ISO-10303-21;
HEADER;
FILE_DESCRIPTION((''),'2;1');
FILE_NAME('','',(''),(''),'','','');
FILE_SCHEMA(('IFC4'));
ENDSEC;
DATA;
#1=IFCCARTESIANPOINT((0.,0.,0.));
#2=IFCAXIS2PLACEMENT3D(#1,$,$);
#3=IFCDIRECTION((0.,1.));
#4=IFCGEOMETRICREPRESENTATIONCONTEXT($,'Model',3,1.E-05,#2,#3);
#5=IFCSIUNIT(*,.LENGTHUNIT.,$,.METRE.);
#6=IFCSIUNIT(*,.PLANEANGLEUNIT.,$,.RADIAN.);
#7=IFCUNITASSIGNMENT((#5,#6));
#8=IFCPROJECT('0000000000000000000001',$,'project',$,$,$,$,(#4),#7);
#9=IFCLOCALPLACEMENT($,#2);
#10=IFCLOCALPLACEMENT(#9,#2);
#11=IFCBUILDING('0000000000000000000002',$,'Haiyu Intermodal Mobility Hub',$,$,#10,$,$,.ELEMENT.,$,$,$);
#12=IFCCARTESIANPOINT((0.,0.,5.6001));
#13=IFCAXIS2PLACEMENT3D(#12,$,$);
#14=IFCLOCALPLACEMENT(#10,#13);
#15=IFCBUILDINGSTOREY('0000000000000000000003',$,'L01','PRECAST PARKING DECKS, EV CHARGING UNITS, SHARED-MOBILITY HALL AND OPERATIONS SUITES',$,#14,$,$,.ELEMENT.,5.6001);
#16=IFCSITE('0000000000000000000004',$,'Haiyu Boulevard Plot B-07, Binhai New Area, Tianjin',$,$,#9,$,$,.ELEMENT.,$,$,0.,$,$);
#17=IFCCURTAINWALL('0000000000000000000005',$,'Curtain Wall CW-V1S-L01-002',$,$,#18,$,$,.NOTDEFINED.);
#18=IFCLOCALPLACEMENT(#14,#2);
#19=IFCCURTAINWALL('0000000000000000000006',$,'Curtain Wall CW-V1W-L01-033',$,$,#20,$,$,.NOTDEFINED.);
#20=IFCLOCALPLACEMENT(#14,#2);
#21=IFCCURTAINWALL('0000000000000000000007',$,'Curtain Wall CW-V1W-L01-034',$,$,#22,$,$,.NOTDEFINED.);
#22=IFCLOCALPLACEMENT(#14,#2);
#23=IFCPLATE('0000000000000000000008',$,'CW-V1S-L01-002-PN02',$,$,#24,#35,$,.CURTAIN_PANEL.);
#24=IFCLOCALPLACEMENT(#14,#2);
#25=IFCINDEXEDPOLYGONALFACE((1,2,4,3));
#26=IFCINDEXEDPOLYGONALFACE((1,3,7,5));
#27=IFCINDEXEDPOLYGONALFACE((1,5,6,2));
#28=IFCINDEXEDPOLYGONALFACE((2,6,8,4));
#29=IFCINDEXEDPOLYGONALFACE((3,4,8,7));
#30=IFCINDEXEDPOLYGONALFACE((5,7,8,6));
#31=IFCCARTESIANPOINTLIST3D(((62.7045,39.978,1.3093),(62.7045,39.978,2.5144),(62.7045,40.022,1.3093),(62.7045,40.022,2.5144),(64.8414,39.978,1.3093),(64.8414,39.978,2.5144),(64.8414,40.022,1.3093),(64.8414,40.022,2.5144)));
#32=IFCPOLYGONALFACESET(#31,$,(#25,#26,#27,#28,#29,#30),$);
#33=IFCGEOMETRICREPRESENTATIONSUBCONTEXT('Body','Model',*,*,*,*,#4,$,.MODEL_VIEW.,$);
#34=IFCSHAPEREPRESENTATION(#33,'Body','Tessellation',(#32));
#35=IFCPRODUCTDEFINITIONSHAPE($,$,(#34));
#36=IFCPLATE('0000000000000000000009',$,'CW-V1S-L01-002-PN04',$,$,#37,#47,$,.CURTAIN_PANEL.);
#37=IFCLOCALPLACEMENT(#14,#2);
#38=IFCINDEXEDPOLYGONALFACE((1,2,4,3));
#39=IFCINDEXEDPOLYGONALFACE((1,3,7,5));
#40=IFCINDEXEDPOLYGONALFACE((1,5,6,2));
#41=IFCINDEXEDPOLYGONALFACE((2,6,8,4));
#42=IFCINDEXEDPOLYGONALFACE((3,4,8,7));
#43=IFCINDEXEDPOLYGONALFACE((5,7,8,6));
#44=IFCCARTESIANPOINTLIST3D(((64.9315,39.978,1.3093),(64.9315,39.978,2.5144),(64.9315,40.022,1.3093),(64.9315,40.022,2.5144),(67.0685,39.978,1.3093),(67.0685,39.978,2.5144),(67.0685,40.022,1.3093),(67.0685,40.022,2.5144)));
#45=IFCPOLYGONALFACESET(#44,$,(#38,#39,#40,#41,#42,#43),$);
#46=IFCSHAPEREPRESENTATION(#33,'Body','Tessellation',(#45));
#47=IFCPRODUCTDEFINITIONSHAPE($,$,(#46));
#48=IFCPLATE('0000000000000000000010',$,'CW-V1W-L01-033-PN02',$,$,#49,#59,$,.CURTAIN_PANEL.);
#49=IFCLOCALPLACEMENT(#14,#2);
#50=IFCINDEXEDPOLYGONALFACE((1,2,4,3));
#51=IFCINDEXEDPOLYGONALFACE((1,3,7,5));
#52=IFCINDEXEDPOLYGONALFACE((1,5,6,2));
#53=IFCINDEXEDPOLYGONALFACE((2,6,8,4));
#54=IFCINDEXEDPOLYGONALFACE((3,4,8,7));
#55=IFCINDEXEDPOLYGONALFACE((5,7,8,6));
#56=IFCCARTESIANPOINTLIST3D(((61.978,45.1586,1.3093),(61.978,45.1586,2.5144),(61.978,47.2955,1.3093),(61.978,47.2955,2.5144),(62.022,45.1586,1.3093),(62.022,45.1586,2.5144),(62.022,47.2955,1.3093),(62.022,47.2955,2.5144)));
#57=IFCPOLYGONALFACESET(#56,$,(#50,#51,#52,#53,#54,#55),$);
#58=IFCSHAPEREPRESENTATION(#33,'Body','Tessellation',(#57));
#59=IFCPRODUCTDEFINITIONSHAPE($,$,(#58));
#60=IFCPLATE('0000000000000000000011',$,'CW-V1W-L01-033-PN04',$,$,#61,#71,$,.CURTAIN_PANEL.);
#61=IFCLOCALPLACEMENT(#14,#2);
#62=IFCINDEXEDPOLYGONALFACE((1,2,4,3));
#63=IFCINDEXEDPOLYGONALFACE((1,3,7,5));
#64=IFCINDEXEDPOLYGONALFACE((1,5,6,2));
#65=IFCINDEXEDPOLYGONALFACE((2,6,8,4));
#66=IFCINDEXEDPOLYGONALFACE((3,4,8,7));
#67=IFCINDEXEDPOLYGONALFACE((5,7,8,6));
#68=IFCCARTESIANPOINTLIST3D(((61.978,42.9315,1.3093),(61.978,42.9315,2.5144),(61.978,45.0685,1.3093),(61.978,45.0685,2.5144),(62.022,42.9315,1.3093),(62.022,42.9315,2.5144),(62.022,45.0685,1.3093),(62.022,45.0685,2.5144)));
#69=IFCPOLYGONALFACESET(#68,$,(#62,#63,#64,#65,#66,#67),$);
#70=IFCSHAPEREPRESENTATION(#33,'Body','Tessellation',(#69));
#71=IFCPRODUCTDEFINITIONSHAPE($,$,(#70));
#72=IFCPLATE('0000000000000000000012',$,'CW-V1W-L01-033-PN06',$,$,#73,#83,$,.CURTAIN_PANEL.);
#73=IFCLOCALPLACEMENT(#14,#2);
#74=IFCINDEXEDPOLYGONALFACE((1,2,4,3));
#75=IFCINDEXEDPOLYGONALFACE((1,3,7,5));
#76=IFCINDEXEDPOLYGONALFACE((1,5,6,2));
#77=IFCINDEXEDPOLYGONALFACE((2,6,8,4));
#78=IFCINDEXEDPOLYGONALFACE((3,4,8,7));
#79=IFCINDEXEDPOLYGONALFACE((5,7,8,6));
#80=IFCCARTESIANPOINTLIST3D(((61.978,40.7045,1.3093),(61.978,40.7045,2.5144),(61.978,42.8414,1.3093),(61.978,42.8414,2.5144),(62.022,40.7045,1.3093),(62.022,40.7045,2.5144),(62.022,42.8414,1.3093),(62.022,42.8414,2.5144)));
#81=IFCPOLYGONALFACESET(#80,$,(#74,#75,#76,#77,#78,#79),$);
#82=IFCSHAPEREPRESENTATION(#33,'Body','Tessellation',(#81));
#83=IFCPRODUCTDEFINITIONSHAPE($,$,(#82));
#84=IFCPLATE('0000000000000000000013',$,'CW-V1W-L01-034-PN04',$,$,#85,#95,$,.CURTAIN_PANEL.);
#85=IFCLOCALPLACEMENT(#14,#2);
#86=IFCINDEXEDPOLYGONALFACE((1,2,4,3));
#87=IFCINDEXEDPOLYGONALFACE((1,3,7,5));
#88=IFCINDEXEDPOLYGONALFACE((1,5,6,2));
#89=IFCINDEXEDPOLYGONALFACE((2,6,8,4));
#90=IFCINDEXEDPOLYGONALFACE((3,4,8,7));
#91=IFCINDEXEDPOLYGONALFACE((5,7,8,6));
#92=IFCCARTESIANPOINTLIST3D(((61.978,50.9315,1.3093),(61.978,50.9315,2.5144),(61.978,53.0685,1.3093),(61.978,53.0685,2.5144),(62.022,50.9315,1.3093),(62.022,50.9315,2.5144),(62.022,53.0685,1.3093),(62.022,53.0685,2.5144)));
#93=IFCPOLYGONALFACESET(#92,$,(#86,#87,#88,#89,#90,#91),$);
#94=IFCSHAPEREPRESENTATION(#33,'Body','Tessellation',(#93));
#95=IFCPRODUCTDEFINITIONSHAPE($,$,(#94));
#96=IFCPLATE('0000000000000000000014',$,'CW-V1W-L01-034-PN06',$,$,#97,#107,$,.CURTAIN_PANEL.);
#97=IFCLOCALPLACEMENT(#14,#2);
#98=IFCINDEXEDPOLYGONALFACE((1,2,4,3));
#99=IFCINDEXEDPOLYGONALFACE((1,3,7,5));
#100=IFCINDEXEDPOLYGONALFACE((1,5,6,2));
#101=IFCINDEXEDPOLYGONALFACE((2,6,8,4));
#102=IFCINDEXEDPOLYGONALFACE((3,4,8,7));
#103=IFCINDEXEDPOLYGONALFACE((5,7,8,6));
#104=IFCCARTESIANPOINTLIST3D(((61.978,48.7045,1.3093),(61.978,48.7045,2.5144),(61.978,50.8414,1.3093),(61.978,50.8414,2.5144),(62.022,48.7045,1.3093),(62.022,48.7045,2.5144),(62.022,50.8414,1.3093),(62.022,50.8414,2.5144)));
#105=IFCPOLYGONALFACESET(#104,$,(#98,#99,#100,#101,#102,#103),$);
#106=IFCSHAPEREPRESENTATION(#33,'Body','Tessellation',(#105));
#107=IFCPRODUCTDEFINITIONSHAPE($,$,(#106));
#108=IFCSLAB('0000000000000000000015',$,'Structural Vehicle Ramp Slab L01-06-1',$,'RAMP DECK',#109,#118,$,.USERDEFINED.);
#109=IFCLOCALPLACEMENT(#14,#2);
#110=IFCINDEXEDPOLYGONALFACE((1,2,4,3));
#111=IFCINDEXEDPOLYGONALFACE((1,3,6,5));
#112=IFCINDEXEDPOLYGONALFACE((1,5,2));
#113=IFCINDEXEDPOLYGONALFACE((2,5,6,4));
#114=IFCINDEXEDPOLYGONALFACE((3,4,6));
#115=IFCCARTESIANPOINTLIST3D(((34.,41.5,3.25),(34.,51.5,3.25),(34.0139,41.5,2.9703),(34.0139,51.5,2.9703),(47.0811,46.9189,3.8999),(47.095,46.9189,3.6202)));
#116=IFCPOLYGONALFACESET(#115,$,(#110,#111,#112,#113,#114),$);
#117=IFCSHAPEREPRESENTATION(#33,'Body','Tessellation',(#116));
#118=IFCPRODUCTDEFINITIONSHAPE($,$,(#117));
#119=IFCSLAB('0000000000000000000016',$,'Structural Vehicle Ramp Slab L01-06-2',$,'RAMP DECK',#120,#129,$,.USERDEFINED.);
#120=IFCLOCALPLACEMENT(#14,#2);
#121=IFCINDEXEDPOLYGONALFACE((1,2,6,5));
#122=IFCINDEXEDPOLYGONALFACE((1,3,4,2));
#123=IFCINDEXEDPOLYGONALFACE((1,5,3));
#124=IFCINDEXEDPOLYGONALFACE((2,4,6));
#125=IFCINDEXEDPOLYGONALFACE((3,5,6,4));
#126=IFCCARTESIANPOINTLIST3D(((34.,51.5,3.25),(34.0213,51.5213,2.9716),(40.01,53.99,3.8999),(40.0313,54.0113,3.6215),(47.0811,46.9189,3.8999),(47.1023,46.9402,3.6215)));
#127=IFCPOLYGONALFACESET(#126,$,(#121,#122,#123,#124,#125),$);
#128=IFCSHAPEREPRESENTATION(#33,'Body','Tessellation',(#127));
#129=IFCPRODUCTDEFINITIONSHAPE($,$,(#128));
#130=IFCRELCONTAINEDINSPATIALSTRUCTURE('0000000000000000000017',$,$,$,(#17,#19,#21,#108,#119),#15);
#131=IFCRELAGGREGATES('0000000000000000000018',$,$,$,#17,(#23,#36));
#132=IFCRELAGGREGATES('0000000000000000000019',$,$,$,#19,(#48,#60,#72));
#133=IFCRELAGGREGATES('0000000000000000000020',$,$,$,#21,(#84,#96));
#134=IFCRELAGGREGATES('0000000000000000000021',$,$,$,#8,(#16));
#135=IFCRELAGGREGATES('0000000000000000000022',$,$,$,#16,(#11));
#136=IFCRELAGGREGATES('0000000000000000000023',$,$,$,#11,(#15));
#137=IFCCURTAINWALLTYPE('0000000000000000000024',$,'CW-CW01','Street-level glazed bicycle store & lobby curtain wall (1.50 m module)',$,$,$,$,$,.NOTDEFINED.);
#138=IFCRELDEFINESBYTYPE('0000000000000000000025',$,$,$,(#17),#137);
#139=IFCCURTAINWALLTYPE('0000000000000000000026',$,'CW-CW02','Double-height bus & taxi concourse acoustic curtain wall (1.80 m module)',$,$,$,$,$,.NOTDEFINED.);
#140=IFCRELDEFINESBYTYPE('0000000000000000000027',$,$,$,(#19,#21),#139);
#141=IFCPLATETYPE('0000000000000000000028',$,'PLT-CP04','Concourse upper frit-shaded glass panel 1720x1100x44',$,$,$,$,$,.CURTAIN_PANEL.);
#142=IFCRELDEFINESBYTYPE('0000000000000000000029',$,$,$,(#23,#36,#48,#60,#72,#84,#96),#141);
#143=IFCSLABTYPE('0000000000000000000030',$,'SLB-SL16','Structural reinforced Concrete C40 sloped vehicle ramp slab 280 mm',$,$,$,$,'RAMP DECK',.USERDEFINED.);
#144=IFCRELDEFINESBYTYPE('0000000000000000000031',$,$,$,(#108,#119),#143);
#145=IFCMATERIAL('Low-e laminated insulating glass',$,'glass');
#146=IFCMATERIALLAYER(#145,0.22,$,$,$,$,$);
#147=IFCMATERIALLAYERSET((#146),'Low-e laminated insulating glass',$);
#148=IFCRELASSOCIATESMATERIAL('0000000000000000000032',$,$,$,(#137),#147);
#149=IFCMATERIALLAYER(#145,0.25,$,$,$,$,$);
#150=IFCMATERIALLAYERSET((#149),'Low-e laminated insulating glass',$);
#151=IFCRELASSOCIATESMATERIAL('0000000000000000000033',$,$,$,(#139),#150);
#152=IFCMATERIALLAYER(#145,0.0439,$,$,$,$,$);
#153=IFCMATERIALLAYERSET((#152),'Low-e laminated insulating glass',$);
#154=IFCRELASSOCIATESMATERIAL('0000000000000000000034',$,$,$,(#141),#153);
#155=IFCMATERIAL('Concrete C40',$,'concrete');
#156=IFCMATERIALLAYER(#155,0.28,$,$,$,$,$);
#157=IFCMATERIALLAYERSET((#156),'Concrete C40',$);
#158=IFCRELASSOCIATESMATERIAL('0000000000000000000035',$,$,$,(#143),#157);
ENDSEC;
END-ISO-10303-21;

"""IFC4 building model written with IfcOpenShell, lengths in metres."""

from ifc_helpers import new_model, si_unit, direction, frame, origin, origin_2d, place, context, subcontext, project, spatial, polyline, rectangle, outline, extrude, material, layer, layer_set, type_object, element, aggregate, save


model = new_model("IFC4")

# Units and contexts
model_context = context("Model", 3, precision=1e-05, world=origin(), true_north=direction((0.0, 1.0)))
body_context = subcontext(model_context, "Body", "Model", "MODEL_VIEW")
ifc_project = project(units=[si_unit("LENGTHUNIT", "METRE"), si_unit("PLANEANGLEUNIT", "RADIAN")], contexts=[model_context])

# Site, building, storey
site_placement = place(None, origin())
site = spatial("IfcSite", under=ifc_project, at=site_placement, Name="Haiyu Boulevard Plot B-07, Binhai New Area, Tianjin", CompositionType="ELEMENT", RefElevation=0.0)
building_placement = place(site_placement, origin())
building = spatial("IfcBuilding", under=site, at=building_placement, Name="Haiyu Intermodal Mobility Hub", CompositionType="ELEMENT")
storey_placement = place(building_placement, frame((0.0, 0.0, 5.6001)))
storey = spatial("IfcBuildingStorey", under=building, at=storey_placement, Name="L01", Description="PRECAST PARKING DECKS, EV CHARGING UNITS, SHARED-MOBILITY HALL AND OPERATIONS SUITES", CompositionType="ELEMENT", Elevation=5.6001)

# Shared definitions
ifc_material_1 = material(Name="Concrete C40", Category="concrete")

# Curtain walls
ifc_material_2 = material(Name="Low-e laminated insulating glass", Category="glass")
ifc_layer_1 = layer(ifc_material_2, 0.22)
ifc_layer_set_1 = layer_set([ifc_layer_1], Name="Low-e laminated insulating glass")
curtain_wall_type_1 = type_object("IfcCurtainWallType", Name="CW-CW01", Description="Street-level glazed bicycle store & lobby curtain wall (1.50 m module)", PredefinedType="NOTDEFINED", material=ifc_layer_set_1)
curtain_wall_1_placement = place(storey_placement, origin())
curtain_wall_1 = element("IfcCurtainWall", 1, at=curtain_wall_1_placement, inside=storey, type_object=curtain_wall_type_1, Name="Curtain Wall CW-V1S-L01-002", PredefinedType="NOTDEFINED")
ifc_layer_2 = layer(ifc_material_2, 0.25)
ifc_layer_set_2 = layer_set([ifc_layer_2], Name="Low-e laminated insulating glass")
curtain_wall_type_2 = type_object("IfcCurtainWallType", Name="CW-CW02", Description="Double-height bus & taxi concourse acoustic curtain wall (1.80 m module)", PredefinedType="NOTDEFINED", material=ifc_layer_set_2)
curtain_wall_2_placement = place(storey_placement, origin())
curtain_wall_2 = element("IfcCurtainWall", 2, at=curtain_wall_2_placement, inside=storey, type_object=curtain_wall_type_2, Name="Curtain Wall CW-V1W-L01-033", PredefinedType="NOTDEFINED")
curtain_wall_3_placement = place(storey_placement, origin())
curtain_wall_3 = element("IfcCurtainWall", 3, at=curtain_wall_3_placement, inside=storey, type_object=curtain_wall_type_2, Name="Curtain Wall CW-V1W-L01-034", PredefinedType="NOTDEFINED")

# Plates
ifc_layer_3 = layer(ifc_material_2, 0.0439)
ifc_layer_set_3 = layer_set([ifc_layer_3], Name="Low-e laminated insulating glass")
plate_type_1 = type_object("IfcPlateType", Name="PLT-CP04", Description="Concourse upper frit-shaded glass panel 1720x1100x44", PredefinedType="CURTAIN_PANEL", material=ifc_layer_set_3)
plate_1_placement = place(storey_placement, frame((63.7729, 40.0, 1.3093), z_axis=(0.0, 0.0, 1.0), x_axis=(1.0, 0.0, 0.0)))
plate_1 = element("IfcPlate", 4, at=plate_1_placement, type_object=plate_type_1, Name="CW-V1S-L01-002-PN02", PredefinedType="CURTAIN_PANEL", context=body_context, shape_type="SweptSolid", body=[
    extrude(rectangle(XDim=2.137, YDim=0.0439, at=origin_2d()), origin(), (0.0, 0.0, 1.0), 1.2051),
])
plate_2_placement = place(storey_placement, frame((66.0, 40.0, 1.3093), z_axis=(0.0, 0.0, 1.0), x_axis=(1.0, 0.0, 0.0)))
plate_2 = element("IfcPlate", 5, at=plate_2_placement, type_object=plate_type_1, Name="CW-V1S-L01-002-PN04", PredefinedType="CURTAIN_PANEL", context=body_context, shape_type="SweptSolid", body=[
    extrude(rectangle(XDim=2.137, YDim=0.0439, at=origin_2d()), origin(), (0.0, 0.0, 1.0), 1.2051),
])
aggregate(curtain_wall_1, [plate_1, plate_2])
plate_3_placement = place(storey_placement, frame((62.0, 46.2271, 1.3093), z_axis=(0.0, 0.0, 1.0), x_axis=(0.0, -1.0, 0.0)))
plate_3 = element("IfcPlate", 6, at=plate_3_placement, type_object=plate_type_1, Name="CW-V1W-L01-033-PN02", PredefinedType="CURTAIN_PANEL", context=body_context, shape_type="SweptSolid", body=[
    extrude(rectangle(XDim=2.137, YDim=0.0439, at=origin_2d()), origin(), (0.0, 0.0, 1.0), 1.2051),
])
plate_4_placement = place(storey_placement, frame((62.0, 44.0, 1.3093), z_axis=(0.0, 0.0, 1.0), x_axis=(0.0, -1.0, 0.0)))
plate_4 = element("IfcPlate", 7, at=plate_4_placement, type_object=plate_type_1, Name="CW-V1W-L01-033-PN04", PredefinedType="CURTAIN_PANEL", context=body_context, shape_type="SweptSolid", body=[
    extrude(rectangle(XDim=2.137, YDim=0.0439, at=origin_2d()), origin(), (0.0, 0.0, 1.0), 1.2051),
])
plate_5_placement = place(storey_placement, frame((62.0, 41.7729, 1.3093), z_axis=(0.0, 0.0, 1.0), x_axis=(0.0, -1.0, 0.0)))
plate_5 = element("IfcPlate", 8, at=plate_5_placement, type_object=plate_type_1, Name="CW-V1W-L01-033-PN06", PredefinedType="CURTAIN_PANEL", context=body_context, shape_type="SweptSolid", body=[
    extrude(rectangle(XDim=2.137, YDim=0.0439, at=origin_2d()), origin(), (0.0, 0.0, 1.0), 1.2051),
])
aggregate(curtain_wall_2, [plate_3, plate_4, plate_5])
plate_6_placement = place(storey_placement, frame((62.0, 52.0, 1.3093), z_axis=(0.0, 0.0, 1.0), x_axis=(0.0, -1.0, 0.0)))
plate_6 = element("IfcPlate", 9, at=plate_6_placement, type_object=plate_type_1, Name="CW-V1W-L01-034-PN04", PredefinedType="CURTAIN_PANEL", context=body_context, shape_type="SweptSolid", body=[
    extrude(rectangle(XDim=2.137, YDim=0.0439, at=origin_2d()), origin(), (0.0, 0.0, 1.0), 1.2051),
])
plate_7_placement = place(storey_placement, frame((62.0, 49.7729, 1.3093), z_axis=(0.0, 0.0, 1.0), x_axis=(0.0, -1.0, 0.0)))
plate_7 = element("IfcPlate", 10, at=plate_7_placement, type_object=plate_type_1, Name="CW-V1W-L01-034-PN06", PredefinedType="CURTAIN_PANEL", context=body_context, shape_type="SweptSolid", body=[
    extrude(rectangle(XDim=2.137, YDim=0.0439, at=origin_2d()), origin(), (0.0, 0.0, 1.0), 1.2051),
])
aggregate(curtain_wall_3, [plate_6, plate_7])

# Slabs
ifc_layer_4 = layer(ifc_material_1, 0.28)
ifc_layer_set_4 = layer_set([ifc_layer_4], Name="Concrete C40")
slab_type = type_object("IfcSlabType", Name="SLB-SL16", Description="Structural reinforced Concrete C40 sloped vehicle ramp slab 280 mm", ElementType="RAMP DECK", PredefinedType="USERDEFINED", material=ifc_layer_set_4)
slab_1_placement = place(storey_placement, frame((34.0, 51.5, 3.25), z_axis=(-0.049622, 0.0, 0.998768), x_axis=(0.0, -1.0, 0.0)))
element("IfcSlab", 11, at=slab_1_placement, inside=storey, type_object=slab_type, Name="Structural Vehicle Ramp Slab L01-06-1", ObjectType="RAMP DECK", PredefinedType="USERDEFINED", context=body_context, shape_type="SweptSolid", body=[
    extrude(outline(polyline([(0.0, 0.0), (10.0, 0.0), (4.5811, 13.0972), (0.0, 0.0)])), origin(), (0.0, 0.0, -1.0), 0.28),
])
slab_2_placement = place(storey_placement, frame((34.0, 51.5, 3.25), z_axis=(-0.076016, -0.076016, 0.994205), x_axis=(0.942762, -0.33016, 0.046839)))
element("IfcSlab", 12, at=slab_2_placement, inside=storey, type_object=slab_type, Name="Structural Vehicle Ramp Slab L01-06-2", ObjectType="RAMP DECK", PredefinedType="USERDEFINED", context=body_context, shape_type="SweptSolid", body=[
    extrude(outline(polyline([(0.0, 0.0), (13.8752, 0.0), (4.8744, 4.357), (0.0, 0.0)])), origin(), (0.0, 0.0, -1.0), 0.28),
])

save(model, "model.ifc")
